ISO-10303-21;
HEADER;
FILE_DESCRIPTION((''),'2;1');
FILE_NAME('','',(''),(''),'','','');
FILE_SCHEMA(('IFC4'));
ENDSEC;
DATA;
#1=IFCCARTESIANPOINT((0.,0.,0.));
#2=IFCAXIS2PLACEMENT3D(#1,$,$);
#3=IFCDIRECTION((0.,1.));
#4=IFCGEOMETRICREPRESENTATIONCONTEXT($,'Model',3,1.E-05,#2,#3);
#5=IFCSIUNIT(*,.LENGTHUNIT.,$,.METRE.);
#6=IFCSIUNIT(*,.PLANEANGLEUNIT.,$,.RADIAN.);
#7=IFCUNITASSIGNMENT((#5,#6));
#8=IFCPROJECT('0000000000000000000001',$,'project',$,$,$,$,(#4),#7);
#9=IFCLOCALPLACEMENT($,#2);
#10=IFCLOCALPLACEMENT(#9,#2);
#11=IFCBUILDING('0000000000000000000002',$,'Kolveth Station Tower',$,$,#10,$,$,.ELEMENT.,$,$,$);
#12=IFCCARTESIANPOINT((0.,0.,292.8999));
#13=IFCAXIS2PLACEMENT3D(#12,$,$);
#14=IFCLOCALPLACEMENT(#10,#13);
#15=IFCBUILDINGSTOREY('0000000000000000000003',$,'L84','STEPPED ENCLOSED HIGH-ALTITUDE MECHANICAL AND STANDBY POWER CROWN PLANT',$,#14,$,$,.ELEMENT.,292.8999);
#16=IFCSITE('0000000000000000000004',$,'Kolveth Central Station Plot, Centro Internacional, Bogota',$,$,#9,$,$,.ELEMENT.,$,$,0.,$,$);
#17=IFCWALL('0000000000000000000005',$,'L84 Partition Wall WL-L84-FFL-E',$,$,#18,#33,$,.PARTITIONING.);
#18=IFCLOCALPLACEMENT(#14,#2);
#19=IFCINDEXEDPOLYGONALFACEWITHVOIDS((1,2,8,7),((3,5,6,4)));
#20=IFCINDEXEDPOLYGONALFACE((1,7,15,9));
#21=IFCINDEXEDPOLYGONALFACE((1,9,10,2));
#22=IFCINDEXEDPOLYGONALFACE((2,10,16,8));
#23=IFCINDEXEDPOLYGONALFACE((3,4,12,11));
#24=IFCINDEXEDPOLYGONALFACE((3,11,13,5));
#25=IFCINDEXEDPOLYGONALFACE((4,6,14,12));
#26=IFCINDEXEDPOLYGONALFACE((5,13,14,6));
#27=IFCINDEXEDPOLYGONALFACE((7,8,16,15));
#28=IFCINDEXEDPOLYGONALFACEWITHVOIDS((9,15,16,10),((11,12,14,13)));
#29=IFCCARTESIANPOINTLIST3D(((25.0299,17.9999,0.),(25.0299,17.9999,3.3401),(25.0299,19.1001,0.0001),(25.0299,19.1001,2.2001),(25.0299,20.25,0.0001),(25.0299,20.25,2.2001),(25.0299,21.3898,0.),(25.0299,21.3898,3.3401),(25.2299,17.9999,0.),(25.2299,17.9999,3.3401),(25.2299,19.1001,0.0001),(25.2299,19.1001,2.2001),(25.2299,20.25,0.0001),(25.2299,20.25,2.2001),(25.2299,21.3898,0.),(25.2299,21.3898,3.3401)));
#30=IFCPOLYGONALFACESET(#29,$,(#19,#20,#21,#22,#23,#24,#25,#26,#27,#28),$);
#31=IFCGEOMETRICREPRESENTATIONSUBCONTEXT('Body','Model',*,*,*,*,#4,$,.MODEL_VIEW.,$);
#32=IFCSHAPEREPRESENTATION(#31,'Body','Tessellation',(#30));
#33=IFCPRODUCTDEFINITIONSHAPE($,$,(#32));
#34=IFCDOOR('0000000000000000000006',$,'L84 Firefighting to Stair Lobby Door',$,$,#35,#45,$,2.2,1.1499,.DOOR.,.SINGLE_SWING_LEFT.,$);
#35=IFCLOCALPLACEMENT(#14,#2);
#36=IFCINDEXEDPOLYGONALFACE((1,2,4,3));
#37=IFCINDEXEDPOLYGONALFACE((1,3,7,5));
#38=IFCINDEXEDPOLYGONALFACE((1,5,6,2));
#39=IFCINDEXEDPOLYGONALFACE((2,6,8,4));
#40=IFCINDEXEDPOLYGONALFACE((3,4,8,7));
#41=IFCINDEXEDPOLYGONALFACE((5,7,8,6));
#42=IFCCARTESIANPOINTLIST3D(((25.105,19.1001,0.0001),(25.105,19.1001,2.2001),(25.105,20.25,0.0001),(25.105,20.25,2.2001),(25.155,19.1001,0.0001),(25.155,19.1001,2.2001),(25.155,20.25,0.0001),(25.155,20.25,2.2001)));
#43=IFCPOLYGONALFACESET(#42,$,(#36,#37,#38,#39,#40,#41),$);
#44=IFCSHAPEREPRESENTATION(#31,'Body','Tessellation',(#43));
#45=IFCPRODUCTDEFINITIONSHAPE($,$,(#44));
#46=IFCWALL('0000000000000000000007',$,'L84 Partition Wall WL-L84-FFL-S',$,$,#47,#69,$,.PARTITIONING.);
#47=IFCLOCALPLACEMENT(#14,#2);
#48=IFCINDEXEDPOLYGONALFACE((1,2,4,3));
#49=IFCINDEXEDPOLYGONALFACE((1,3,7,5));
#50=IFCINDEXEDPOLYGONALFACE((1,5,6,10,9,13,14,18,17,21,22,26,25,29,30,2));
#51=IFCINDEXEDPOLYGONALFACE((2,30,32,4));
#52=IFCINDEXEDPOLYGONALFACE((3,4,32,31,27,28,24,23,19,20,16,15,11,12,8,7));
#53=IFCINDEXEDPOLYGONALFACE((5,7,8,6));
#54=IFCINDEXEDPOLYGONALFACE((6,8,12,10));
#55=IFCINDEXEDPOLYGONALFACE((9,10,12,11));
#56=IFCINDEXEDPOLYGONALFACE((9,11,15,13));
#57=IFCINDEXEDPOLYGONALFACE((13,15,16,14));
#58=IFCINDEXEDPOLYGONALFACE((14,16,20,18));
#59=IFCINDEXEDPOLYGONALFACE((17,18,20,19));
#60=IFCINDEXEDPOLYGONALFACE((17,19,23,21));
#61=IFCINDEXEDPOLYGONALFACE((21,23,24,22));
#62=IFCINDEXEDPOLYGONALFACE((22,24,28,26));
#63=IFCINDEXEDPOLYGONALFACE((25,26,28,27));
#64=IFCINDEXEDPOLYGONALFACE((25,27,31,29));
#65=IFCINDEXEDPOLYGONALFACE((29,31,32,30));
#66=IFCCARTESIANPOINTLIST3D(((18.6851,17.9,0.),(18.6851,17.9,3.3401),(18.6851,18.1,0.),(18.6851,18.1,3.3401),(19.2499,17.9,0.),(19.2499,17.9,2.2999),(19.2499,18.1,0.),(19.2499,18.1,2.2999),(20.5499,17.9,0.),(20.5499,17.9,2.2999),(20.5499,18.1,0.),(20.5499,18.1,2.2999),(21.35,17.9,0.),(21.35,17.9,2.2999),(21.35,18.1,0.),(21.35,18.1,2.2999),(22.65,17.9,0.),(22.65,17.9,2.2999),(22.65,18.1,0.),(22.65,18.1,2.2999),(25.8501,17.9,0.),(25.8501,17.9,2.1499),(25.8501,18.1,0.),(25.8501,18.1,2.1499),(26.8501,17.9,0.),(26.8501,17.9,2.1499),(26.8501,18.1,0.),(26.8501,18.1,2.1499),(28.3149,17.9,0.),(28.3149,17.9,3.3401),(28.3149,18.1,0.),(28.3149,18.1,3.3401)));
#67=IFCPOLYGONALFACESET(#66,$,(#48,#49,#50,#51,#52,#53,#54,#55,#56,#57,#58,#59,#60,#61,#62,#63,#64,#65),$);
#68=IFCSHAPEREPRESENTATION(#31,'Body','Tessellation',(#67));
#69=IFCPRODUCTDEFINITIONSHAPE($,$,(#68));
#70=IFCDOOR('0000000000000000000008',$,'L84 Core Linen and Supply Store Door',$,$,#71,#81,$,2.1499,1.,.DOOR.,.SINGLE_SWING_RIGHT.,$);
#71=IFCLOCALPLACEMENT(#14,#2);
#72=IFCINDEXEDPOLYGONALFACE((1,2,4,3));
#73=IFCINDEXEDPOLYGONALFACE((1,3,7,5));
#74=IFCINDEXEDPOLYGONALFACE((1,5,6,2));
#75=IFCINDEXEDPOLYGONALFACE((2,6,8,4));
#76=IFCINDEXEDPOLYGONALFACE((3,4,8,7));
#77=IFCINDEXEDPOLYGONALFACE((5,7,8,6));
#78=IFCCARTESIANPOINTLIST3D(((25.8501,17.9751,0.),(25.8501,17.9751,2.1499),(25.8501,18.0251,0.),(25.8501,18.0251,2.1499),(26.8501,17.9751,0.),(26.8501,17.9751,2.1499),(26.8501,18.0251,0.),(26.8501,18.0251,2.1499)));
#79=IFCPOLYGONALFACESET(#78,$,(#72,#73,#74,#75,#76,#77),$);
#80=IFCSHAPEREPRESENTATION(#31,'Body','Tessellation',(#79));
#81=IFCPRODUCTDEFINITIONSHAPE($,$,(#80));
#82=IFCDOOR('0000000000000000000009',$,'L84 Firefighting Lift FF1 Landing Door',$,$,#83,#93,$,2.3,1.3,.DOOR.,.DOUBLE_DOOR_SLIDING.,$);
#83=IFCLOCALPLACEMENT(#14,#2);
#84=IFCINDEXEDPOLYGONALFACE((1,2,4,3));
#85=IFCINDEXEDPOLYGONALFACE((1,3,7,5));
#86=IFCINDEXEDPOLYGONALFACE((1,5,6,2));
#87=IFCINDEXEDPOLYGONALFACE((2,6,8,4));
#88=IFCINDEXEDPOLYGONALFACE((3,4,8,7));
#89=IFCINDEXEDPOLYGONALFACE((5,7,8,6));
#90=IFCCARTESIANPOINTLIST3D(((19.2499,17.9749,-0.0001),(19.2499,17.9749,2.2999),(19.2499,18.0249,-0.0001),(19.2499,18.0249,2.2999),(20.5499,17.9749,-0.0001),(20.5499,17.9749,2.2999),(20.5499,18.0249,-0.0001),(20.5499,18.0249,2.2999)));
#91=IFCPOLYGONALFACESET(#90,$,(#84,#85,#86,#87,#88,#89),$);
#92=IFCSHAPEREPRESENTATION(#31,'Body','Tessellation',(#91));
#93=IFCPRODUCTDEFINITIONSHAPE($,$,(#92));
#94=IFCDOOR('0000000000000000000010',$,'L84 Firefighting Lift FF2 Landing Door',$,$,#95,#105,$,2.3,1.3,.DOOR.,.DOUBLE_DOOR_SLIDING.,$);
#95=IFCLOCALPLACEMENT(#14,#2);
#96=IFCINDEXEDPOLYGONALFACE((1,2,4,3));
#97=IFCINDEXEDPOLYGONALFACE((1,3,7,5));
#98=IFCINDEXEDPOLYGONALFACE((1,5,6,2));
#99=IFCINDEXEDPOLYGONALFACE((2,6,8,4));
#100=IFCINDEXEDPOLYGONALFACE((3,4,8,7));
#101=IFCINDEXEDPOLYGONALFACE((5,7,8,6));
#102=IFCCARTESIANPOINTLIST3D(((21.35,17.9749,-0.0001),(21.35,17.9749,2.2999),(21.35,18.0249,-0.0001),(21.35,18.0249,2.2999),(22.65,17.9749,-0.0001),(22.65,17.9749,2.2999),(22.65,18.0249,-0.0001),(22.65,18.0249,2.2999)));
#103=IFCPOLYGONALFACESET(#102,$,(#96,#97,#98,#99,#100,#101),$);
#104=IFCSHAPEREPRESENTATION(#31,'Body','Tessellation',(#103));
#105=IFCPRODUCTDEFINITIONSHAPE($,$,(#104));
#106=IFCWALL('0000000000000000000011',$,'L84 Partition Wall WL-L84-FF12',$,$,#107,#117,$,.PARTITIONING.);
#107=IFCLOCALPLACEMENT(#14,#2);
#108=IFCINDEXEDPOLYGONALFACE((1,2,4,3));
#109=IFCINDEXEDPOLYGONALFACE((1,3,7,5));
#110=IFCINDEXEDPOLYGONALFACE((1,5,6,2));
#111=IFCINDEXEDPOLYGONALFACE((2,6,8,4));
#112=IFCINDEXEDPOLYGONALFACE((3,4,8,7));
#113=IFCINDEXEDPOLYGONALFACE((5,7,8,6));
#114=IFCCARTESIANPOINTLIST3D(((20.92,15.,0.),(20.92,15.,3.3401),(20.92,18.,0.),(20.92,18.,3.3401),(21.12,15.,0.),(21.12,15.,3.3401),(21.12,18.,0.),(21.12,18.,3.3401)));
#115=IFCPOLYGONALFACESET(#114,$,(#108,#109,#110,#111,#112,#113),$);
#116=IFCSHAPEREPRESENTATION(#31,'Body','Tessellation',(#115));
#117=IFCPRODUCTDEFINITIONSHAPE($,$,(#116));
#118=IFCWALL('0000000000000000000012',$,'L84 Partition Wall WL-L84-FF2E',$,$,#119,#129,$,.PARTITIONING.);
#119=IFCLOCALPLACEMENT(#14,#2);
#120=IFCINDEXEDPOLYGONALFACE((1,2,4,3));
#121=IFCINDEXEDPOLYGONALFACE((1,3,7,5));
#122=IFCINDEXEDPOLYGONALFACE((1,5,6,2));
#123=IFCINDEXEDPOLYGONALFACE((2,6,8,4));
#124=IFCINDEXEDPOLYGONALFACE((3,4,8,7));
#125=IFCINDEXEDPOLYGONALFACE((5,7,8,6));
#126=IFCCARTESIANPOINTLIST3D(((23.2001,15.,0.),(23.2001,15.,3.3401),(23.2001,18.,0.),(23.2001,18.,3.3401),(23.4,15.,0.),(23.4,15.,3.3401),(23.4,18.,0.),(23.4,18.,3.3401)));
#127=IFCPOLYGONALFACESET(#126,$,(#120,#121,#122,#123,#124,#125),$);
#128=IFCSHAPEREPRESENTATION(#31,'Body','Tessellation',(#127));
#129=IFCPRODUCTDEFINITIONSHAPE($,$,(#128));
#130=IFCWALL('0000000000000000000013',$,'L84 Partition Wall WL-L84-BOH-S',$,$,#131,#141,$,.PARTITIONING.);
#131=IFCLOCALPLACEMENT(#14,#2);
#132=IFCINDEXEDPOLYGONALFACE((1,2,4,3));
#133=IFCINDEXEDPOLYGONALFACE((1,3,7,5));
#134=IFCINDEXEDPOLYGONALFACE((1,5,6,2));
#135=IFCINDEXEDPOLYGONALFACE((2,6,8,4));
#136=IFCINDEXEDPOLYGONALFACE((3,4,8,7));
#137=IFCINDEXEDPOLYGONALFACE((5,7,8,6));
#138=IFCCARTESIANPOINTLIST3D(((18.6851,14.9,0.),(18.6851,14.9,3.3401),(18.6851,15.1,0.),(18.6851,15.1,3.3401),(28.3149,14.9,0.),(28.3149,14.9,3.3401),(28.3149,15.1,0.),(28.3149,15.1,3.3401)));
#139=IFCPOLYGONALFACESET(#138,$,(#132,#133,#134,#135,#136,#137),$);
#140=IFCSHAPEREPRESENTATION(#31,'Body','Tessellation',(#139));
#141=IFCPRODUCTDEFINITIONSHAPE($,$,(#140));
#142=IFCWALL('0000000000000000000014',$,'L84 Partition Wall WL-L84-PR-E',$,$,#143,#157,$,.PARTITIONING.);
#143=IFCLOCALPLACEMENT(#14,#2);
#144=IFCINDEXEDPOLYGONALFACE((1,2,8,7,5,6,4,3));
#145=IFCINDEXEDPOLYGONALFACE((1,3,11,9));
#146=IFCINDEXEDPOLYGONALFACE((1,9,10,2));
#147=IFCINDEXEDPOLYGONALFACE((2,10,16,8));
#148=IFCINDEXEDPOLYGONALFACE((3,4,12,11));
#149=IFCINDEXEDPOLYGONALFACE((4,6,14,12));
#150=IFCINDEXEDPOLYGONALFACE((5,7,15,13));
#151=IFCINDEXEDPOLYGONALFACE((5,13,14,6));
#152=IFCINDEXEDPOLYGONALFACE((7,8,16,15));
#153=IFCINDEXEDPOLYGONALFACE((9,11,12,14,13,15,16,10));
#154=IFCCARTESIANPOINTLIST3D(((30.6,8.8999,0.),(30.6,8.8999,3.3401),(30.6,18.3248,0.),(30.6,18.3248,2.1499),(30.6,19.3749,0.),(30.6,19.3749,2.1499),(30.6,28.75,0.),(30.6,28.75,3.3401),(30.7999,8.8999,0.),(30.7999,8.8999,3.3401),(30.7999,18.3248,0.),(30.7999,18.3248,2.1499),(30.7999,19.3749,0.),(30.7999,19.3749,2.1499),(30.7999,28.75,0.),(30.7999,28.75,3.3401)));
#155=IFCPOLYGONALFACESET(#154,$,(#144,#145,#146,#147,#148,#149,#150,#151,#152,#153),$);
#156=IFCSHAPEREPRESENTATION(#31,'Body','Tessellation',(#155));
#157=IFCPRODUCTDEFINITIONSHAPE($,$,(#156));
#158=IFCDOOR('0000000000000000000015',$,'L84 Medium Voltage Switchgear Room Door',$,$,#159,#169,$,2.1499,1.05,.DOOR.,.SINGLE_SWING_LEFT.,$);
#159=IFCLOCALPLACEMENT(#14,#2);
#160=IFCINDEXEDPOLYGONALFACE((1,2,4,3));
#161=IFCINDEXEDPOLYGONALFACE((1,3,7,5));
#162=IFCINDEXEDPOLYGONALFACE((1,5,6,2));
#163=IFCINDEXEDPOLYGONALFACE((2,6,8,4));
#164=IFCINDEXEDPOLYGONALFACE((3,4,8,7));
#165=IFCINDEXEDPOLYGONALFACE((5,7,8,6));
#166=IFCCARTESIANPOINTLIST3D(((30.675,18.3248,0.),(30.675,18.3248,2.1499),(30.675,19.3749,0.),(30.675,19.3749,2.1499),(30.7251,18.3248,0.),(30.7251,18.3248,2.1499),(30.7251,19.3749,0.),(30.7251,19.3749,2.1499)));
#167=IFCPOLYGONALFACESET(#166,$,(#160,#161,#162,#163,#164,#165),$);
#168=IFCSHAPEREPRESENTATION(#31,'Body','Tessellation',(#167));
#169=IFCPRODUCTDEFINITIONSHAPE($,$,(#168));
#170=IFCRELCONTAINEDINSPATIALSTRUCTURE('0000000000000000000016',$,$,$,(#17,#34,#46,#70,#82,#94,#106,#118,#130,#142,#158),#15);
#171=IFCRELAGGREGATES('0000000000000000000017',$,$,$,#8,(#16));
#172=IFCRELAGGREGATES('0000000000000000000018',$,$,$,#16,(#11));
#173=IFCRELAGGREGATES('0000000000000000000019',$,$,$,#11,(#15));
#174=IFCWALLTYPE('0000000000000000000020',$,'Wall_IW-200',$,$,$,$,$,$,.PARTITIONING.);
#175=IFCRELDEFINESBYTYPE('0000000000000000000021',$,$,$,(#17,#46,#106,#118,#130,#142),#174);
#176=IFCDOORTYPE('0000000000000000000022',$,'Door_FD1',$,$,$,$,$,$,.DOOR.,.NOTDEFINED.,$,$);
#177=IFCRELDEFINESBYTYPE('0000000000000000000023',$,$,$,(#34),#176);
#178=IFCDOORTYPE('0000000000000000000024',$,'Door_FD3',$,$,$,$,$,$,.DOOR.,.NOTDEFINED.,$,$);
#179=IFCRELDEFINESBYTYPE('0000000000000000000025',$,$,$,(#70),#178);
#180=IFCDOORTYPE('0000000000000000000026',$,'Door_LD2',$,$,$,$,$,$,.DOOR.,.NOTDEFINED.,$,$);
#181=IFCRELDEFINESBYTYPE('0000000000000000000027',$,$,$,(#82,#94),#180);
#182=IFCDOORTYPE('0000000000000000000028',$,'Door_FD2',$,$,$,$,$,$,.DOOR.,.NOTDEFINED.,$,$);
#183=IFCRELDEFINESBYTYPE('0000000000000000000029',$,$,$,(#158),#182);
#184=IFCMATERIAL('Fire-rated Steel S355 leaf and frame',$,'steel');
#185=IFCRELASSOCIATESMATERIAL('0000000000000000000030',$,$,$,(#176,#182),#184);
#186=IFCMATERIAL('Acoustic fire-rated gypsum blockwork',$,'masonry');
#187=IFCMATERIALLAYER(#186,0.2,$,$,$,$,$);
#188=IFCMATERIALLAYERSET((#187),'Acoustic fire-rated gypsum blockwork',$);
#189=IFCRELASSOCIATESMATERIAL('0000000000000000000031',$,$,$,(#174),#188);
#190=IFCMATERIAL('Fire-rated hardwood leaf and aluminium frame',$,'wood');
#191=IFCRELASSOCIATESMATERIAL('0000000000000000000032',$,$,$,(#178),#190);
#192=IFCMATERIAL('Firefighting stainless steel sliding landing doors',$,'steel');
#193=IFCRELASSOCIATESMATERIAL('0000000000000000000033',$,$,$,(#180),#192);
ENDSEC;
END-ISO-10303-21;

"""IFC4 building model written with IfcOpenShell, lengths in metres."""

from ifc_helpers import new_model, si_unit, direction, frame, frame_2d, origin, place, context, subcontext, project, spatial, rectangle, extrude, material, layer, layer_set, type_object, element, fill, save


model = new_model("IFC4")

# Units and contexts
model_context = context("Model", 3, precision=1e-05, world=origin(), true_north=direction((0.0, 1.0)))
body_context = subcontext(model_context, "Body", "Model", "MODEL_VIEW")
ifc_project = project(units=[si_unit("LENGTHUNIT", "METRE"), si_unit("PLANEANGLEUNIT", "RADIAN")], contexts=[model_context])

# Site, building, storey
site_placement = place(None, origin())
site = spatial("IfcSite", under=ifc_project, at=site_placement, Name="Kolveth Central Station Plot, Centro Internacional, Bogota", CompositionType="ELEMENT", RefElevation=0.0)
building_placement = place(site_placement, origin())
building = spatial("IfcBuilding", under=site, at=building_placement, Name="Kolveth Station Tower", CompositionType="ELEMENT")
storey_placement = place(building_placement, frame((0.0, 0.0, 292.8999)))
storey = spatial("IfcBuildingStorey", under=building, at=storey_placement, Name="L84", Description="STEPPED ENCLOSED HIGH-ALTITUDE MECHANICAL AND STANDBY POWER CROWN PLANT", CompositionType="ELEMENT", Elevation=292.8999)

# Wall, opening, door
ifc_material_1 = material(Name="Fire-rated Steel S355 leaf and frame", Category="steel")
door_type_1 = type_object("IfcDoorType", Name="Door_FD1", OperationType="NOTDEFINED", PredefinedType="DOOR", material=ifc_material_1)
ifc_material_2 = material(Name="Acoustic fire-rated gypsum blockwork", Category="masonry")
ifc_layer_1 = layer(ifc_material_2, 0.2)
ifc_layer_set_1 = layer_set([ifc_layer_1], Name="Acoustic fire-rated gypsum blockwork")
wall_type_1 = type_object("IfcWallType", Name="Wall_IW-200", PredefinedType="PARTITIONING", material=ifc_layer_set_1)
wall_1_placement = place(storey_placement, frame((25.1299, 18.0, 0.0), z_axis=(0.0, 0.0, 1.0), x_axis=(0.0, 1.0, 0.0)))
wall_1 = element("IfcWall", 1, at=wall_1_placement, inside=storey, type_object=wall_type_1, Name="L84 Partition Wall WL-L84-FFL-E", PredefinedType="PARTITIONING", context=body_context, shape_type="SweptSolid", body=[
    extrude(rectangle(XDim=3.3899, YDim=0.2, at=frame_2d((1.6948, 0.0))), origin(), (0.0, 0.0, 1.0), 3.3401),
])
opening_1_placement = place(wall_1_placement, frame((1.1001, 0.0, 0.0)))
opening_1 = element("IfcOpeningElement", 2, at=opening_1_placement, cuts=wall_1, PredefinedType="OPENING", context=body_context, shape_type="SweptSolid", body=[
    extrude(rectangle(XDim=1.1499, YDim=2.2, at=frame_2d((0.575, 1.1001))), frame((0.0, 0.1099, 0.0), z_axis=(0.0, -1.0, 0.0), x_axis=(1.0, 0.0, 0.0)), (0.0, 0.0, 1.0), 0.22),
])
door_1_placement = place(opening_1_placement, origin())
door_1 = element("IfcDoor", 3, at=door_1_placement, inside=storey, type_object=door_type_1, Name="L84 Firefighting to Stair Lobby Door", OperationType="SINGLE_SWING_LEFT", OverallHeight=2.2, OverallWidth=1.1499, PredefinedType="DOOR", context=body_context, shape_type="SweptSolid", body=[
    extrude(rectangle(XDim=1.1499, YDim=2.2, at=frame_2d((0.575, 1.1001))), frame((0.0, 0.0249, 0.0), z_axis=(0.0, -1.0, 0.0), x_axis=(1.0, 0.0, 0.0)), (0.0, 0.0, 1.0), 0.05),
])
fill(opening_1, door_1)

# Wall, openings, doors
wall_2_placement = place(storey_placement, frame((18.6851, 18.0, 0.0), z_axis=(0.0, 0.0, 1.0), x_axis=(1.0, 0.0, 0.0)))
wall_2 = element("IfcWall", 4, at=wall_2_placement, inside=storey, type_object=wall_type_1, Name="L84 Partition Wall WL-L84-FFL-S", PredefinedType="PARTITIONING", context=body_context, shape_type="SweptSolid", body=[
    extrude(rectangle(XDim=9.6299, YDim=0.2, at=frame_2d((4.8149, 0.0))), origin(), (0.0, 0.0, 1.0), 3.3401),
])
opening_2_placement = place(wall_2_placement, frame((0.5649, 0.0, 0.0)))
opening_2 = element("IfcOpeningElement", 5, at=opening_2_placement, cuts=wall_2, PredefinedType="OPENING", context=body_context, shape_type="SweptSolid", body=[
    extrude(rectangle(XDim=1.3, YDim=2.3, at=frame_2d((0.6499, 1.1499))), frame((0.0, 0.1099, 0.0), z_axis=(0.0, -1.0, 0.0), x_axis=(1.0, 0.0, 0.0)), (0.0, 0.0, 1.0), 0.22),
])
opening_3_placement = place(wall_2_placement, frame((2.665, 0.0, 0.0)))
opening_3 = element("IfcOpeningElement", 6, at=opening_3_placement, cuts=wall_2, PredefinedType="OPENING", context=body_context, shape_type="SweptSolid", body=[
    extrude(rectangle(XDim=1.3, YDim=2.3, at=frame_2d((0.6499, 1.1499))), frame((0.0, 0.1099, 0.0), z_axis=(0.0, -1.0, 0.0), x_axis=(1.0, 0.0, 0.0)), (0.0, 0.0, 1.0), 0.22),
])
opening_4_placement = place(wall_2_placement, frame((7.165, 0.0, 0.0)))
opening_4 = element("IfcOpeningElement", 7, at=opening_4_placement, cuts=wall_2, PredefinedType="OPENING", context=body_context, shape_type="SweptSolid", body=[
    extrude(rectangle(XDim=1.0, YDim=2.1499, at=frame_2d((0.5, 1.075))), frame((0.0, 0.1099, 0.0), z_axis=(0.0, -1.0, 0.0), x_axis=(1.0, 0.0, 0.0)), (0.0, 0.0, 1.0), 0.22),
])
ifc_material_3 = material(Name="Fire-rated hardwood leaf and aluminium frame", Category="wood")
door_type_2 = type_object("IfcDoorType", Name="Door_FD3", OperationType="NOTDEFINED", PredefinedType="DOOR", material=ifc_material_3)
door_2_placement = place(opening_4_placement, frame((1.0, 0.0, 0.0), z_axis=(0.0, 0.0, 1.0), x_axis=(-1.0, 0.0, 0.0)))
door_2 = element("IfcDoor", 8, at=door_2_placement, inside=storey, type_object=door_type_2, Name="L84 Core Linen and Supply Store Door", OperationType="SINGLE_SWING_RIGHT", OverallHeight=2.1499, OverallWidth=1.0, PredefinedType="DOOR", context=body_context, shape_type="SweptSolid", body=[
    extrude(rectangle(XDim=1.0, YDim=2.1499, at=frame_2d((0.5, 1.075))), frame((0.0, 0.0249, 0.0), z_axis=(0.0, -1.0, 0.0), x_axis=(1.0, 0.0, 0.0)), (0.0, 0.0, 1.0), 0.05),
])
fill(opening_4, door_2)
ifc_material_4 = material(Name="Firefighting stainless steel sliding landing doors", Category="steel")
door_type_3 = type_object("IfcDoorType", Name="Door_LD2", OperationType="NOTDEFINED", PredefinedType="DOOR", material=ifc_material_4)
door_3_placement = place(opening_2_placement, origin())
door_3 = element("IfcDoor", 9, at=door_3_placement, inside=storey, type_object=door_type_3, Name="L84 Firefighting Lift FF1 Landing Door", OperationType="DOUBLE_DOOR_SLIDING", OverallHeight=2.3, OverallWidth=1.3, PredefinedType="DOOR", context=body_context, shape_type="SweptSolid", body=[
    extrude(rectangle(XDim=1.3, YDim=2.3, at=frame_2d((0.6499, 1.1499))), frame((0.0, 0.0249, 0.0), z_axis=(0.0, -1.0, 0.0), x_axis=(1.0, 0.0, 0.0)), (0.0, 0.0, 1.0), 0.05),
])
fill(opening_2, door_3)
door_4_placement = place(opening_3_placement, origin())
door_4 = element("IfcDoor", 10, at=door_4_placement, inside=storey, type_object=door_type_3, Name="L84 Firefighting Lift FF2 Landing Door", OperationType="DOUBLE_DOOR_SLIDING", OverallHeight=2.3, OverallWidth=1.3, PredefinedType="DOOR", context=body_context, shape_type="SweptSolid", body=[
    extrude(rectangle(XDim=1.3, YDim=2.3, at=frame_2d((0.6499, 1.1499))), frame((0.0, 0.0249, 0.0), z_axis=(0.0, -1.0, 0.0), x_axis=(1.0, 0.0, 0.0)), (0.0, 0.0, 1.0), 0.05),
])
fill(opening_3, door_4)

# Walls
for number, where, z_axis, x_axis, name in (
    (11, (21.02, 15.0, 0.0), (0.0, 0.0, 1.0), (0.0, 1.0, 0.0), "L84 Partition Wall WL-L84-FF12"),
    (12, (23.3, 15.0, 0.0), (0.0, 0.0, 1.0), (0.0, 1.0, 0.0), "L84 Partition Wall WL-L84-FF2E"),
):
    element("IfcWall", number, at=place(storey_placement, frame(where, z_axis=z_axis, x_axis=x_axis)), inside=storey, type_object=wall_type_1, Name=name, PredefinedType="PARTITIONING", context=body_context, shape_type="SweptSolid", body=[
        extrude(rectangle(XDim=3.0, YDim=0.2, at=frame_2d((1.5, 0.0))), origin(), (0.0, 0.0, 1.0), 3.3401),
    ])
wall_3_placement = place(storey_placement, frame((18.6851, 15.0, 0.0), z_axis=(0.0, 0.0, 1.0), x_axis=(1.0, 0.0, 0.0)))
element("IfcWall", 13, at=wall_3_placement, inside=storey, type_object=wall_type_1, Name="L84 Partition Wall WL-L84-BOH-S", PredefinedType="PARTITIONING", context=body_context, shape_type="SweptSolid", body=[
    extrude(rectangle(XDim=9.6299, YDim=0.2, at=frame_2d((4.8149, 0.0))), origin(), (0.0, 0.0, 1.0), 3.3401),
])

# Wall, opening, door
wall_4_placement = place(storey_placement, frame((30.7, 8.8999, 0.0), z_axis=(0.0, 0.0, 1.0), x_axis=(0.0, 1.0, 0.0)))
wall_4 = element("IfcWall", 14, at=wall_4_placement, inside=storey, type_object=wall_type_1, Name="L84 Partition Wall WL-L84-PR-E", PredefinedType="PARTITIONING", context=body_context, shape_type="SweptSolid", body=[
    extrude(rectangle(XDim=19.8501, YDim=0.2, at=frame_2d((9.925, 0.0))), origin(), (0.0, 0.0, 1.0), 3.3401),
])
opening_5_placement = place(wall_4_placement, frame((9.425, 0.0, 0.0)))
opening_5 = element("IfcOpeningElement", 15, at=opening_5_placement, cuts=wall_4, PredefinedType="OPENING", context=body_context, shape_type="SweptSolid", body=[
    extrude(rectangle(XDim=1.05, YDim=2.1499, at=frame_2d((0.5249, 1.075))), frame((0.0, 0.1099, 0.0), z_axis=(0.0, -1.0, 0.0), x_axis=(1.0, 0.0, 0.0)), (0.0, 0.0, 1.0), 0.22),
])
door_type_4 = type_object("IfcDoorType", Name="Door_FD2", OperationType="NOTDEFINED", PredefinedType="DOOR", material=ifc_material_1)
door_5_placement = place(opening_5_placement, origin())
door_5 = element("IfcDoor", 16, at=door_5_placement, inside=storey, type_object=door_type_4, Name="L84 Medium Voltage Switchgear Room Door", OperationType="SINGLE_SWING_LEFT", OverallHeight=2.1499, OverallWidth=1.05, PredefinedType="DOOR", context=body_context, shape_type="SweptSolid", body=[
    extrude(rectangle(XDim=1.05, YDim=2.1499, at=frame_2d((0.5249, 1.075))), frame((0.0, 0.0249, 0.0), z_axis=(0.0, -1.0, 0.0), x_axis=(1.0, 0.0, 0.0)), (0.0, 0.0, 1.0), 0.05),
])
fill(opening_5, door_5)

save(model, "model.ifc")
